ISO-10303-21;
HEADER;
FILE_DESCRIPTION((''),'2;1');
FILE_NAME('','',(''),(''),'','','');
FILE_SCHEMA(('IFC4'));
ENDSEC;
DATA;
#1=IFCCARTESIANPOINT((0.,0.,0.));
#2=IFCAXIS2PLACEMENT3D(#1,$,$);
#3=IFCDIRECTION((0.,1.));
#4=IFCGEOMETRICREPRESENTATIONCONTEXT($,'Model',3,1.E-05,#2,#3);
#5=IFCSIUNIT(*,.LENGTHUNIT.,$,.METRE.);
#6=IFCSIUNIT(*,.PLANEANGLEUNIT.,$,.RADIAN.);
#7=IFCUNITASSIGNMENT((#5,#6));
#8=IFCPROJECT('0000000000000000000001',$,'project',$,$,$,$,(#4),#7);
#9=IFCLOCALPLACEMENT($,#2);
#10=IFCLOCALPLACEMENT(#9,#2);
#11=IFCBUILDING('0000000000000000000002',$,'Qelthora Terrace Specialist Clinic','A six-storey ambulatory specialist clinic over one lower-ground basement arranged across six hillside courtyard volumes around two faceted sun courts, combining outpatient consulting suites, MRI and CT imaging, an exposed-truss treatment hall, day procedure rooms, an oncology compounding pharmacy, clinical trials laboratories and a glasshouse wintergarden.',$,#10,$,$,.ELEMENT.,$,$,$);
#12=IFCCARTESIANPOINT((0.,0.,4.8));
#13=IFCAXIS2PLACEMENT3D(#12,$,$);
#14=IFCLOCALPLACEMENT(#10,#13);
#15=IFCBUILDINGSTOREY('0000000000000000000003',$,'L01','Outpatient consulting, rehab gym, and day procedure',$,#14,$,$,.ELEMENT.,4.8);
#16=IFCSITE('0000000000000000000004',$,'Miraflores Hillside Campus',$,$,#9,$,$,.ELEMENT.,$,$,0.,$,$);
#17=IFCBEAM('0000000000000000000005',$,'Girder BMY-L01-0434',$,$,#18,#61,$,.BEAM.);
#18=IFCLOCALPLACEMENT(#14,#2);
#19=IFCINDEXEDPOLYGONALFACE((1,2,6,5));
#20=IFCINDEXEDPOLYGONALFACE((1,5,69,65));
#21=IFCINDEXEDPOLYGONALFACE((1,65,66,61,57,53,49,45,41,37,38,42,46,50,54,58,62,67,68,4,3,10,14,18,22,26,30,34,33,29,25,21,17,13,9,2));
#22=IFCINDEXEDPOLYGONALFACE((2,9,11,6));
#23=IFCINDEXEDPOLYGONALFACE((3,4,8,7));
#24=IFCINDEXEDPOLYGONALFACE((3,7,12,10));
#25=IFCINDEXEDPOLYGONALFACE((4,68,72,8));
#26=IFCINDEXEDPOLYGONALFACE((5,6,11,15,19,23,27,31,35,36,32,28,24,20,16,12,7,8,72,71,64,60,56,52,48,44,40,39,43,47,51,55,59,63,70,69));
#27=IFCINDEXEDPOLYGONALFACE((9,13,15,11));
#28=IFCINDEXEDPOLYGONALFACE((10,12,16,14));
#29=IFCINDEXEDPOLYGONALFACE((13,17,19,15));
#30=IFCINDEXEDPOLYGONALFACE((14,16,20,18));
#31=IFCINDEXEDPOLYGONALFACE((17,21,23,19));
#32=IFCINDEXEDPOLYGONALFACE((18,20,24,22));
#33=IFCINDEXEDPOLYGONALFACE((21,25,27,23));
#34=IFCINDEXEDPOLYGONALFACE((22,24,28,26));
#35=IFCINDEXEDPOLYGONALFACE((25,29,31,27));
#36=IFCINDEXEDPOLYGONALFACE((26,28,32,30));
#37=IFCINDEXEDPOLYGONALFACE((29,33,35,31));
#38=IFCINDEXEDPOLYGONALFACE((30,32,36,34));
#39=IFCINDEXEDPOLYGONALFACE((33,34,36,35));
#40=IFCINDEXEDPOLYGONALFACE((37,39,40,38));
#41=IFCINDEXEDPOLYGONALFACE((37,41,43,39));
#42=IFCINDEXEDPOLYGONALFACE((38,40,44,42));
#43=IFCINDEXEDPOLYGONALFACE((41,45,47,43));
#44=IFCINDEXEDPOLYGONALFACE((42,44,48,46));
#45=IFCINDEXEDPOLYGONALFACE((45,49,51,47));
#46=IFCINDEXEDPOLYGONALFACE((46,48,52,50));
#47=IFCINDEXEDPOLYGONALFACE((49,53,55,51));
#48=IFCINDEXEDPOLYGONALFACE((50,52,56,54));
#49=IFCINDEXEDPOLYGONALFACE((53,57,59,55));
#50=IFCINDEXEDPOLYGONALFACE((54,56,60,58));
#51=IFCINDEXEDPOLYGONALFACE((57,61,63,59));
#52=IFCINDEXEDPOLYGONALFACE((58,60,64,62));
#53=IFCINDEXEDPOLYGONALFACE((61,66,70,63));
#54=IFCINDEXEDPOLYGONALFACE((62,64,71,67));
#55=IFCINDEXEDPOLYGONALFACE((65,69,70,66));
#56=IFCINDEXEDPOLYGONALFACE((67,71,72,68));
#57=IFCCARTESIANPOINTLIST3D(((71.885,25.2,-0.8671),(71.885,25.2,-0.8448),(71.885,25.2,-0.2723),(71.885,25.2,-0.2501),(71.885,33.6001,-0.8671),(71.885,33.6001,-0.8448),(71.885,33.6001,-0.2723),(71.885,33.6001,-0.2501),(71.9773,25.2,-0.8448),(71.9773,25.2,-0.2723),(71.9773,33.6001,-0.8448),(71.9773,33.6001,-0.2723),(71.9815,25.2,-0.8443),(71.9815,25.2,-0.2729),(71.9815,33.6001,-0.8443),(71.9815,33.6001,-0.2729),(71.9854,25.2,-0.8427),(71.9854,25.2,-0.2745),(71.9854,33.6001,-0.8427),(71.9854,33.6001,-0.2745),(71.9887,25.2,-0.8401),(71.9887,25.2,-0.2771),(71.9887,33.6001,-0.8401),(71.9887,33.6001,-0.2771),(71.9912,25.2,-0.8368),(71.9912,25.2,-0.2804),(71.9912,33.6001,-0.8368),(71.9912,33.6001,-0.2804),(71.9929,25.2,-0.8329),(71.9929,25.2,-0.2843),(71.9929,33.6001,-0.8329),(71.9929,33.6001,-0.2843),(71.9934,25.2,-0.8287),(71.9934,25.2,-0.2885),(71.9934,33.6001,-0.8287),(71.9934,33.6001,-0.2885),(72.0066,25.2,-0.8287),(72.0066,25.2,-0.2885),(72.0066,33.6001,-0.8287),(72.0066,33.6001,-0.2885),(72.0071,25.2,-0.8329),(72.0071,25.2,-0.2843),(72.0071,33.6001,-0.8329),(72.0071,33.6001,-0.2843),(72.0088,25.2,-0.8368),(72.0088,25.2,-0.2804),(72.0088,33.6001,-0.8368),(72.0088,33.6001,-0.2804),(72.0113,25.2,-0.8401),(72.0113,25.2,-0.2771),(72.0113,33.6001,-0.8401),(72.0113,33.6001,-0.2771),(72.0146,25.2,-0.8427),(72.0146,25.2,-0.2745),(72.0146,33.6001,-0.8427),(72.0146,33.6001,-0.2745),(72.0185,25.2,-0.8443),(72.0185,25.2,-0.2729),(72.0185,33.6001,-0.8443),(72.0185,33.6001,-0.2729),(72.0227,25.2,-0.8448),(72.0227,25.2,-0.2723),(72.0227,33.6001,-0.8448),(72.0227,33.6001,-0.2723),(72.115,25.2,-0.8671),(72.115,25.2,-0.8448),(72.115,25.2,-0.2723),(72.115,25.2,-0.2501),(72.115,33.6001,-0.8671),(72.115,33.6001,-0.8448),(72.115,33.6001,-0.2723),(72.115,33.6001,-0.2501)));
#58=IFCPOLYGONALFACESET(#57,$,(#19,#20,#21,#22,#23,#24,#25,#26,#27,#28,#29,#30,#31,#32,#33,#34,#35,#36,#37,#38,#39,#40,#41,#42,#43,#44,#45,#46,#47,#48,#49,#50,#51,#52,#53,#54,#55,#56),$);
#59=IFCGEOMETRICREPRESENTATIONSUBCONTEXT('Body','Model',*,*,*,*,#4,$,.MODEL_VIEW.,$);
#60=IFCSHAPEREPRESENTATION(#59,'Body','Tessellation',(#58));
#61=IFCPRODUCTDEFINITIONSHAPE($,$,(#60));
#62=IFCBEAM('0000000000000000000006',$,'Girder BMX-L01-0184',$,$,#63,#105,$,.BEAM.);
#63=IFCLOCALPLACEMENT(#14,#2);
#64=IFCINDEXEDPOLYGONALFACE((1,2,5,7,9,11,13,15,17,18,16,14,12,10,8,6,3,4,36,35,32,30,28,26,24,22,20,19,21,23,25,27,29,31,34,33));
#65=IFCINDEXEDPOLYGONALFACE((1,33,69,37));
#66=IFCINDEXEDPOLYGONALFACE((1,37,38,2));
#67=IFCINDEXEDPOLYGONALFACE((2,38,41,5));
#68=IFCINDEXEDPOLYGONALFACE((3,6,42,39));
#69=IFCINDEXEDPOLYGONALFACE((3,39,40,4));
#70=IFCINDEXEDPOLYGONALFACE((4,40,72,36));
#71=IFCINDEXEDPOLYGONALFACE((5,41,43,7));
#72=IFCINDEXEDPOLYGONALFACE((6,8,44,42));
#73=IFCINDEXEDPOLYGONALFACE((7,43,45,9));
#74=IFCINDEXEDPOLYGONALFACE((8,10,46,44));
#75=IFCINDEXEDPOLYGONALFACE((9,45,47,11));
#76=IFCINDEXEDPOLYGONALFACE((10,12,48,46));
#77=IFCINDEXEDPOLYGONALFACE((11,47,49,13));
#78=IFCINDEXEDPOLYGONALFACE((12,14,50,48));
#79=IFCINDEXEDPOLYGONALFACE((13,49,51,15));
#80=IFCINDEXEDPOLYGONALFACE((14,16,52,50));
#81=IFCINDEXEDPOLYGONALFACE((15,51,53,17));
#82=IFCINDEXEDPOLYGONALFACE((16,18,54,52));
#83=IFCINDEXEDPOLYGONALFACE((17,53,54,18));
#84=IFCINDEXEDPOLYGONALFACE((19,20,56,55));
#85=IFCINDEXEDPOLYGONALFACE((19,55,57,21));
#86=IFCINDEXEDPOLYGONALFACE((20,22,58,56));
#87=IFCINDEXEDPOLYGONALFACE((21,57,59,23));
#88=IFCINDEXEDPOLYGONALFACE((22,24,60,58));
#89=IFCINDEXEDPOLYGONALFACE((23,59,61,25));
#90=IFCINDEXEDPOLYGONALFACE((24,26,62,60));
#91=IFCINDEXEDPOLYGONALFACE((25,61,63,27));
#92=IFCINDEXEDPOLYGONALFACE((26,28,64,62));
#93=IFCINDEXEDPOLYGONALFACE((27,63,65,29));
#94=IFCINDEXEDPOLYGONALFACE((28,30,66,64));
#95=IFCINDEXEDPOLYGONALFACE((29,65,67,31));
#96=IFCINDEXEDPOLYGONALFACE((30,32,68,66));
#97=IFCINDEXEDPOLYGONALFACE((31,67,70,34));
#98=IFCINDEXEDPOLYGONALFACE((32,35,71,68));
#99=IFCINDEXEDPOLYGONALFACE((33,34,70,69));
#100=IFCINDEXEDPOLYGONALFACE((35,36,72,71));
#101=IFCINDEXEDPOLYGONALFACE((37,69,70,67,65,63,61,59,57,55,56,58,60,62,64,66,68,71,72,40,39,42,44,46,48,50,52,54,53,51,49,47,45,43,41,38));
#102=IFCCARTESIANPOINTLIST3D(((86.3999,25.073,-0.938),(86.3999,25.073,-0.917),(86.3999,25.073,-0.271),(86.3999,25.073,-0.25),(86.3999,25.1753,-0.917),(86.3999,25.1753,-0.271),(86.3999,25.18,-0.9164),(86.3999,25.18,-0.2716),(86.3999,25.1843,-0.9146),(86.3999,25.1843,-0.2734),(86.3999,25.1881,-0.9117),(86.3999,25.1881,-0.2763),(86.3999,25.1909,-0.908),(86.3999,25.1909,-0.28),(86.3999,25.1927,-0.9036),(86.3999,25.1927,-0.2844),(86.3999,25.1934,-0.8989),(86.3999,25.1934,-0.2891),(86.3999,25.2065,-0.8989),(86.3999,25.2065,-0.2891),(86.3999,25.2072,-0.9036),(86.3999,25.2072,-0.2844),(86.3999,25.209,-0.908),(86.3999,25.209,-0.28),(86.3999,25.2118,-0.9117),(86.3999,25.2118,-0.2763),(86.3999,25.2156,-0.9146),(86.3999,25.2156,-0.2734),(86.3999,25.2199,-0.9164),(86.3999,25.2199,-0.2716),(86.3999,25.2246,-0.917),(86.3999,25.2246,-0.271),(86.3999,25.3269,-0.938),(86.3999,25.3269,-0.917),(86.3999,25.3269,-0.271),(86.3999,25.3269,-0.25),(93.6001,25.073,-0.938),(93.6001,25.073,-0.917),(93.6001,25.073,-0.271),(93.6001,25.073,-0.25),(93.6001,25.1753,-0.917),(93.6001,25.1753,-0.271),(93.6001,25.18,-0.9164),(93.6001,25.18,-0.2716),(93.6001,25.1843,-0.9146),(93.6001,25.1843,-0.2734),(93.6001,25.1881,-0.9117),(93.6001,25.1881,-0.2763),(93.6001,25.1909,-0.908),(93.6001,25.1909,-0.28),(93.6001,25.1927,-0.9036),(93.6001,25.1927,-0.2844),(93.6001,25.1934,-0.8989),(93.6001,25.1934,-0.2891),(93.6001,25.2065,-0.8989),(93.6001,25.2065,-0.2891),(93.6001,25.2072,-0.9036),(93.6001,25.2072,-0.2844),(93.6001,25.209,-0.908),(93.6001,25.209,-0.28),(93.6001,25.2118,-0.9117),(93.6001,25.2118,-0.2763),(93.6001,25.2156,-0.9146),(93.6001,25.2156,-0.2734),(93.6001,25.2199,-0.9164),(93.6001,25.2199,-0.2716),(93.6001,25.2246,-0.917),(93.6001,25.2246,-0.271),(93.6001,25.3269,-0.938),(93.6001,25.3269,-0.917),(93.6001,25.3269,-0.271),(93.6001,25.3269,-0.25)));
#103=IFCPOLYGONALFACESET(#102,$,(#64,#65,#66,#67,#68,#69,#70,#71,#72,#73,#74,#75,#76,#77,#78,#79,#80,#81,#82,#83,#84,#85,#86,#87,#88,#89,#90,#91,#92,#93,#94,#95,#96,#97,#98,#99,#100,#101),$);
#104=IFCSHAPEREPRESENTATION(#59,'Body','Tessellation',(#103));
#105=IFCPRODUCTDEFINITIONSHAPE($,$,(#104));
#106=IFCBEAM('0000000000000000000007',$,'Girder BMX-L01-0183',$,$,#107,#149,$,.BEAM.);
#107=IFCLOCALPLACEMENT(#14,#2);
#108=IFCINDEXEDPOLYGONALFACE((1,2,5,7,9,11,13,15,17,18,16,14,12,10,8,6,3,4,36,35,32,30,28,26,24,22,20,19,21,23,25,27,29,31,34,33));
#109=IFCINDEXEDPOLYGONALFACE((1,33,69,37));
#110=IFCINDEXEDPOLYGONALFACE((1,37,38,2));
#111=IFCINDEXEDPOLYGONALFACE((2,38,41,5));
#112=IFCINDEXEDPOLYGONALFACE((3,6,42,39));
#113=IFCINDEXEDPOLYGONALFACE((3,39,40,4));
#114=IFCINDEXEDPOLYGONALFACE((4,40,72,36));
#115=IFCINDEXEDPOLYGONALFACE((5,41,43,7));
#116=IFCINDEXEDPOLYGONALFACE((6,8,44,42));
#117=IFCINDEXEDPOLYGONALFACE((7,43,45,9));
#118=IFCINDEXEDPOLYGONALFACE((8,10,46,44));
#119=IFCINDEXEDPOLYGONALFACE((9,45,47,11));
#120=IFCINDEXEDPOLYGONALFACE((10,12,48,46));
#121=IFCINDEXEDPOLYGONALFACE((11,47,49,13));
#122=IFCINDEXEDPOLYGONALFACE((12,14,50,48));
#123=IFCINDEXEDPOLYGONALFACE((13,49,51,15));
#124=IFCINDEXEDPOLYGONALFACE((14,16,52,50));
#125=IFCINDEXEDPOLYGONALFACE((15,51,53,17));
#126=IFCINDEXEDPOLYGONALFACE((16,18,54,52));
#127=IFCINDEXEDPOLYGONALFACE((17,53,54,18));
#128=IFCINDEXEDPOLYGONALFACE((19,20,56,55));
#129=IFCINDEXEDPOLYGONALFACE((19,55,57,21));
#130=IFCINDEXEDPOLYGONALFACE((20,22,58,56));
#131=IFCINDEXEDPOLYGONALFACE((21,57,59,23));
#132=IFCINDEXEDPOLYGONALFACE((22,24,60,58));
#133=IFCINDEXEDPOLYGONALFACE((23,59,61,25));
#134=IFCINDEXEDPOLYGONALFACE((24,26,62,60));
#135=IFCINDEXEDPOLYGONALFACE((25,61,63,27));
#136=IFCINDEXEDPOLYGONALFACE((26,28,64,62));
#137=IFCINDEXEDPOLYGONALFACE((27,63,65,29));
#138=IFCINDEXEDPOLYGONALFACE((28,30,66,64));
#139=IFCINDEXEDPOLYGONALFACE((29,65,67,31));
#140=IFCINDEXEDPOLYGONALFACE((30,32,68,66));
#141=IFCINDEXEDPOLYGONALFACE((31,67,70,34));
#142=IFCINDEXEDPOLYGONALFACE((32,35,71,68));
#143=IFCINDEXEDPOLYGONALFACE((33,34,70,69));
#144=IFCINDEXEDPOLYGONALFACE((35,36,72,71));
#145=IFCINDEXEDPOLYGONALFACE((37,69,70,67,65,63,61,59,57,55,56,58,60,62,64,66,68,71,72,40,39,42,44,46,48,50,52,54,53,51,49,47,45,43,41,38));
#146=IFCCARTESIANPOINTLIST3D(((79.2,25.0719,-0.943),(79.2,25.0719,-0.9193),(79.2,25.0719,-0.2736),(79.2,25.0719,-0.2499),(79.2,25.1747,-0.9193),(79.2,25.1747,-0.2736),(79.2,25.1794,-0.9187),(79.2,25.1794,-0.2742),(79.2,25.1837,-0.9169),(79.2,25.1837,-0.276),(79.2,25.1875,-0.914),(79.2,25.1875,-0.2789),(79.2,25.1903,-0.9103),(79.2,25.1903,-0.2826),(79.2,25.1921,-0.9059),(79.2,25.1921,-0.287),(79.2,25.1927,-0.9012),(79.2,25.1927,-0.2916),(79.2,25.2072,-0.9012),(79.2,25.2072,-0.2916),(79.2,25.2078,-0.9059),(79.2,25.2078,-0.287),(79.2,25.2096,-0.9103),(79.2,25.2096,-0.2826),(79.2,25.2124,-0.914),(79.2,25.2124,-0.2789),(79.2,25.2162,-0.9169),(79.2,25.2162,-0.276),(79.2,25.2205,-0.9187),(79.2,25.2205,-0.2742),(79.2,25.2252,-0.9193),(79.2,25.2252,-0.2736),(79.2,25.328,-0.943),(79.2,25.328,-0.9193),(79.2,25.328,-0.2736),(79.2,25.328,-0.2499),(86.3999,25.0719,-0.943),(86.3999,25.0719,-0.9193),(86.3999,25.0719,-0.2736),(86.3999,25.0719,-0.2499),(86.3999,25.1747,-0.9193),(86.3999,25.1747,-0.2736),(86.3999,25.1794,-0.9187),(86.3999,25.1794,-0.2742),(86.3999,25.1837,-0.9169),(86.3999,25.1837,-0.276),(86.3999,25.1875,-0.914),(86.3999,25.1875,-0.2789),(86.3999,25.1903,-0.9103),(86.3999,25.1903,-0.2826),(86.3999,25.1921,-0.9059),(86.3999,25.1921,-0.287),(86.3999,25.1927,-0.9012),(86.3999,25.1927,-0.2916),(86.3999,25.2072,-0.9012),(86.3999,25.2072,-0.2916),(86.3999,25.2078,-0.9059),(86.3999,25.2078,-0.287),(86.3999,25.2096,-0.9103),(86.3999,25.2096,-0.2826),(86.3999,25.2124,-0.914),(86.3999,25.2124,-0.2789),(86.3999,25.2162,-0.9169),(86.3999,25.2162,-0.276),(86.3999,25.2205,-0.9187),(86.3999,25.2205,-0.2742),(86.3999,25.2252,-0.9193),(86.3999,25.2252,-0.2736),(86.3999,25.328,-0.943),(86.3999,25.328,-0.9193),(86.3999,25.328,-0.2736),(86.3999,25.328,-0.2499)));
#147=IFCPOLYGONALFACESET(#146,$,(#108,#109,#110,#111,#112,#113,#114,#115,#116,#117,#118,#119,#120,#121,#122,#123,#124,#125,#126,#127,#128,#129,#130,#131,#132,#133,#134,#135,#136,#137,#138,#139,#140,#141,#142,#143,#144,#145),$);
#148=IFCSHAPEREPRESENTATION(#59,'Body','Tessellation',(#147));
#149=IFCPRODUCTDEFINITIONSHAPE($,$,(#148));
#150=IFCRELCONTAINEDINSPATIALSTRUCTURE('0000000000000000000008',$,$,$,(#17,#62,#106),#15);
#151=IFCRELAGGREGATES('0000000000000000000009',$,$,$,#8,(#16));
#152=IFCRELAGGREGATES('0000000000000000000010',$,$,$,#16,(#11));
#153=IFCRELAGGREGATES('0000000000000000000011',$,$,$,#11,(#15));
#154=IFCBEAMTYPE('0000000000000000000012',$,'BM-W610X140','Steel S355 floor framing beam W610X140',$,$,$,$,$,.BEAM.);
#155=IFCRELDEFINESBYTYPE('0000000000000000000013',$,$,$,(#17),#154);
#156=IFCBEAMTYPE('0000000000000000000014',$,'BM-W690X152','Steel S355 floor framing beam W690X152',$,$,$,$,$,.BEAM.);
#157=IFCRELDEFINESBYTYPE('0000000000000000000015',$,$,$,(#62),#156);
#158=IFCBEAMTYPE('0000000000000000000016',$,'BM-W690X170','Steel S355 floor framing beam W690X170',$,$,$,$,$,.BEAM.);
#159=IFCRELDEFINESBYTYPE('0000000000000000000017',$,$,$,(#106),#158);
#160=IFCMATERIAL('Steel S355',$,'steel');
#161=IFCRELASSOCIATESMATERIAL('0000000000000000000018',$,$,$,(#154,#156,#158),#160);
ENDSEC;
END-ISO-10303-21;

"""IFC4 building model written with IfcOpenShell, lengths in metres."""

from ifc_helpers import new_model, si_unit, direction, frame, origin, origin_2d, place, context, subcontext, project, spatial, i_section, extrude, material, material_profile, profile_set, type_object, element, save


model = new_model("IFC4")

# Units and contexts
model_context = context("Model", 3, precision=1e-05, world=origin(), true_north=direction((0.0, 1.0)))
body_context = subcontext(model_context, "Body", "Model", "MODEL_VIEW")
ifc_project = project(units=[si_unit("LENGTHUNIT", "METRE"), si_unit("PLANEANGLEUNIT", "RADIAN")], contexts=[model_context])

# Site, building, storey
site_placement = place(None, origin())
site = spatial("IfcSite", under=ifc_project, at=site_placement, Name="Miraflores Hillside Campus", CompositionType="ELEMENT", RefElevation=0.0)
building_placement = place(site_placement, origin())
building = spatial("IfcBuilding", under=site, at=building_placement, Name="Qelthora Terrace Specialist Clinic", Description="A six-storey ambulatory specialist clinic over one lower-ground basement arranged across six hillside courtyard volumes around two faceted sun courts, combining outpatient consulting suites, MRI and CT imaging, an exposed-truss treatment hall, day procedure rooms, an oncology compounding pharmacy, clinical trials laboratories and a glasshouse wintergarden.", CompositionType="ELEMENT")
storey_placement = place(building_placement, frame((0.0, 0.0, 4.8)))
storey = spatial("IfcBuildingStorey", under=building, at=storey_placement, Name="L01", Description="Outpatient consulting, rehab gym, and day procedure", CompositionType="ELEMENT", Elevation=4.8)

# Shared definitions
ifc_material_1 = material(Name="Steel S355", Category="steel")

# Beams
ifc_material_profile_1 = material_profile(ifc_material_1, i_section(OverallWidth=0.23, OverallDepth=0.6169, WebThickness=0.0132, FlangeThickness=0.0222, FilletRadius=0.0161, at=origin_2d()), Name="W610X140")
ifc_profile_set_1 = profile_set([ifc_material_profile_1], Name="Steel S355")
beam_type_1 = type_object("IfcBeamType", Name="BM-W610X140", Description="Steel S355 floor framing beam W610X140", PredefinedType="BEAM", material=ifc_profile_set_1)
beam_1_placement = place(storey_placement, frame((72.0, 25.2, -0.5586), z_axis=(0.0, 1.0, 0.0), x_axis=(-1.0, 0.0, 0.0)))
element("IfcBeam", 1, at=beam_1_placement, inside=storey, type_object=beam_type_1, Name="Girder BMY-L01-0434", PredefinedType="BEAM", context=body_context, shape_type="SweptSolid", body=[
    extrude(i_section(OverallWidth=0.23, OverallDepth=0.6169, WebThickness=0.0132, FlangeThickness=0.0222, FilletRadius=0.0161, at=origin_2d()), origin(), (0.0, 0.0, 1.0), 8.4001),
])
ifc_material_profile_2 = material_profile(ifc_material_1, i_section(OverallWidth=0.2539, OverallDepth=0.688, WebThickness=0.0132, FlangeThickness=0.021, FilletRadius=0.0181, at=origin_2d()), Name="W690X152")
ifc_profile_set_2 = profile_set([ifc_material_profile_2], Name="Steel S355")
beam_type_2 = type_object("IfcBeamType", Name="BM-W690X152", Description="Steel S355 floor framing beam W690X152", PredefinedType="BEAM", material=ifc_profile_set_2)
beam_2_placement = place(storey_placement, frame((86.3999, 25.2, -0.594), z_axis=(1.0, 0.0, 0.0), x_axis=(0.0, 1.0, 0.0)))
element("IfcBeam", 2, at=beam_2_placement, inside=storey, type_object=beam_type_2, Name="Girder BMX-L01-0184", PredefinedType="BEAM", context=body_context, shape_type="SweptSolid", body=[
    extrude(i_section(OverallWidth=0.2539, OverallDepth=0.688, WebThickness=0.0132, FlangeThickness=0.021, FilletRadius=0.0181, at=origin_2d()), origin(), (0.0, 0.0, 1.0), 7.2002),
])
ifc_material_profile_3 = material_profile(ifc_material_1, i_section(OverallWidth=0.2561, OverallDepth=0.6931, WebThickness=0.0144, FlangeThickness=0.0237, FilletRadius=0.0181, at=origin_2d()), Name="W690X170")
ifc_profile_set_3 = profile_set([ifc_material_profile_3], Name="Steel S355")
beam_type_3 = type_object("IfcBeamType", Name="BM-W690X170", Description="Steel S355 floor framing beam W690X170", PredefinedType="BEAM", material=ifc_profile_set_3)
beam_3_placement = place(storey_placement, frame((79.2, 25.2, -0.5964), z_axis=(1.0, 0.0, 0.0), x_axis=(0.0, 1.0, 0.0)))
element("IfcBeam", 3, at=beam_3_placement, inside=storey, type_object=beam_type_3, Name="Girder BMX-L01-0183", PredefinedType="BEAM", context=body_context, shape_type="SweptSolid", body=[
    extrude(i_section(OverallWidth=0.2561, OverallDepth=0.6931, WebThickness=0.0144, FlangeThickness=0.0237, FilletRadius=0.0181, at=origin_2d()), origin(), (0.0, 0.0, 1.0), 7.2),
])

save(model, "model.ifc")
